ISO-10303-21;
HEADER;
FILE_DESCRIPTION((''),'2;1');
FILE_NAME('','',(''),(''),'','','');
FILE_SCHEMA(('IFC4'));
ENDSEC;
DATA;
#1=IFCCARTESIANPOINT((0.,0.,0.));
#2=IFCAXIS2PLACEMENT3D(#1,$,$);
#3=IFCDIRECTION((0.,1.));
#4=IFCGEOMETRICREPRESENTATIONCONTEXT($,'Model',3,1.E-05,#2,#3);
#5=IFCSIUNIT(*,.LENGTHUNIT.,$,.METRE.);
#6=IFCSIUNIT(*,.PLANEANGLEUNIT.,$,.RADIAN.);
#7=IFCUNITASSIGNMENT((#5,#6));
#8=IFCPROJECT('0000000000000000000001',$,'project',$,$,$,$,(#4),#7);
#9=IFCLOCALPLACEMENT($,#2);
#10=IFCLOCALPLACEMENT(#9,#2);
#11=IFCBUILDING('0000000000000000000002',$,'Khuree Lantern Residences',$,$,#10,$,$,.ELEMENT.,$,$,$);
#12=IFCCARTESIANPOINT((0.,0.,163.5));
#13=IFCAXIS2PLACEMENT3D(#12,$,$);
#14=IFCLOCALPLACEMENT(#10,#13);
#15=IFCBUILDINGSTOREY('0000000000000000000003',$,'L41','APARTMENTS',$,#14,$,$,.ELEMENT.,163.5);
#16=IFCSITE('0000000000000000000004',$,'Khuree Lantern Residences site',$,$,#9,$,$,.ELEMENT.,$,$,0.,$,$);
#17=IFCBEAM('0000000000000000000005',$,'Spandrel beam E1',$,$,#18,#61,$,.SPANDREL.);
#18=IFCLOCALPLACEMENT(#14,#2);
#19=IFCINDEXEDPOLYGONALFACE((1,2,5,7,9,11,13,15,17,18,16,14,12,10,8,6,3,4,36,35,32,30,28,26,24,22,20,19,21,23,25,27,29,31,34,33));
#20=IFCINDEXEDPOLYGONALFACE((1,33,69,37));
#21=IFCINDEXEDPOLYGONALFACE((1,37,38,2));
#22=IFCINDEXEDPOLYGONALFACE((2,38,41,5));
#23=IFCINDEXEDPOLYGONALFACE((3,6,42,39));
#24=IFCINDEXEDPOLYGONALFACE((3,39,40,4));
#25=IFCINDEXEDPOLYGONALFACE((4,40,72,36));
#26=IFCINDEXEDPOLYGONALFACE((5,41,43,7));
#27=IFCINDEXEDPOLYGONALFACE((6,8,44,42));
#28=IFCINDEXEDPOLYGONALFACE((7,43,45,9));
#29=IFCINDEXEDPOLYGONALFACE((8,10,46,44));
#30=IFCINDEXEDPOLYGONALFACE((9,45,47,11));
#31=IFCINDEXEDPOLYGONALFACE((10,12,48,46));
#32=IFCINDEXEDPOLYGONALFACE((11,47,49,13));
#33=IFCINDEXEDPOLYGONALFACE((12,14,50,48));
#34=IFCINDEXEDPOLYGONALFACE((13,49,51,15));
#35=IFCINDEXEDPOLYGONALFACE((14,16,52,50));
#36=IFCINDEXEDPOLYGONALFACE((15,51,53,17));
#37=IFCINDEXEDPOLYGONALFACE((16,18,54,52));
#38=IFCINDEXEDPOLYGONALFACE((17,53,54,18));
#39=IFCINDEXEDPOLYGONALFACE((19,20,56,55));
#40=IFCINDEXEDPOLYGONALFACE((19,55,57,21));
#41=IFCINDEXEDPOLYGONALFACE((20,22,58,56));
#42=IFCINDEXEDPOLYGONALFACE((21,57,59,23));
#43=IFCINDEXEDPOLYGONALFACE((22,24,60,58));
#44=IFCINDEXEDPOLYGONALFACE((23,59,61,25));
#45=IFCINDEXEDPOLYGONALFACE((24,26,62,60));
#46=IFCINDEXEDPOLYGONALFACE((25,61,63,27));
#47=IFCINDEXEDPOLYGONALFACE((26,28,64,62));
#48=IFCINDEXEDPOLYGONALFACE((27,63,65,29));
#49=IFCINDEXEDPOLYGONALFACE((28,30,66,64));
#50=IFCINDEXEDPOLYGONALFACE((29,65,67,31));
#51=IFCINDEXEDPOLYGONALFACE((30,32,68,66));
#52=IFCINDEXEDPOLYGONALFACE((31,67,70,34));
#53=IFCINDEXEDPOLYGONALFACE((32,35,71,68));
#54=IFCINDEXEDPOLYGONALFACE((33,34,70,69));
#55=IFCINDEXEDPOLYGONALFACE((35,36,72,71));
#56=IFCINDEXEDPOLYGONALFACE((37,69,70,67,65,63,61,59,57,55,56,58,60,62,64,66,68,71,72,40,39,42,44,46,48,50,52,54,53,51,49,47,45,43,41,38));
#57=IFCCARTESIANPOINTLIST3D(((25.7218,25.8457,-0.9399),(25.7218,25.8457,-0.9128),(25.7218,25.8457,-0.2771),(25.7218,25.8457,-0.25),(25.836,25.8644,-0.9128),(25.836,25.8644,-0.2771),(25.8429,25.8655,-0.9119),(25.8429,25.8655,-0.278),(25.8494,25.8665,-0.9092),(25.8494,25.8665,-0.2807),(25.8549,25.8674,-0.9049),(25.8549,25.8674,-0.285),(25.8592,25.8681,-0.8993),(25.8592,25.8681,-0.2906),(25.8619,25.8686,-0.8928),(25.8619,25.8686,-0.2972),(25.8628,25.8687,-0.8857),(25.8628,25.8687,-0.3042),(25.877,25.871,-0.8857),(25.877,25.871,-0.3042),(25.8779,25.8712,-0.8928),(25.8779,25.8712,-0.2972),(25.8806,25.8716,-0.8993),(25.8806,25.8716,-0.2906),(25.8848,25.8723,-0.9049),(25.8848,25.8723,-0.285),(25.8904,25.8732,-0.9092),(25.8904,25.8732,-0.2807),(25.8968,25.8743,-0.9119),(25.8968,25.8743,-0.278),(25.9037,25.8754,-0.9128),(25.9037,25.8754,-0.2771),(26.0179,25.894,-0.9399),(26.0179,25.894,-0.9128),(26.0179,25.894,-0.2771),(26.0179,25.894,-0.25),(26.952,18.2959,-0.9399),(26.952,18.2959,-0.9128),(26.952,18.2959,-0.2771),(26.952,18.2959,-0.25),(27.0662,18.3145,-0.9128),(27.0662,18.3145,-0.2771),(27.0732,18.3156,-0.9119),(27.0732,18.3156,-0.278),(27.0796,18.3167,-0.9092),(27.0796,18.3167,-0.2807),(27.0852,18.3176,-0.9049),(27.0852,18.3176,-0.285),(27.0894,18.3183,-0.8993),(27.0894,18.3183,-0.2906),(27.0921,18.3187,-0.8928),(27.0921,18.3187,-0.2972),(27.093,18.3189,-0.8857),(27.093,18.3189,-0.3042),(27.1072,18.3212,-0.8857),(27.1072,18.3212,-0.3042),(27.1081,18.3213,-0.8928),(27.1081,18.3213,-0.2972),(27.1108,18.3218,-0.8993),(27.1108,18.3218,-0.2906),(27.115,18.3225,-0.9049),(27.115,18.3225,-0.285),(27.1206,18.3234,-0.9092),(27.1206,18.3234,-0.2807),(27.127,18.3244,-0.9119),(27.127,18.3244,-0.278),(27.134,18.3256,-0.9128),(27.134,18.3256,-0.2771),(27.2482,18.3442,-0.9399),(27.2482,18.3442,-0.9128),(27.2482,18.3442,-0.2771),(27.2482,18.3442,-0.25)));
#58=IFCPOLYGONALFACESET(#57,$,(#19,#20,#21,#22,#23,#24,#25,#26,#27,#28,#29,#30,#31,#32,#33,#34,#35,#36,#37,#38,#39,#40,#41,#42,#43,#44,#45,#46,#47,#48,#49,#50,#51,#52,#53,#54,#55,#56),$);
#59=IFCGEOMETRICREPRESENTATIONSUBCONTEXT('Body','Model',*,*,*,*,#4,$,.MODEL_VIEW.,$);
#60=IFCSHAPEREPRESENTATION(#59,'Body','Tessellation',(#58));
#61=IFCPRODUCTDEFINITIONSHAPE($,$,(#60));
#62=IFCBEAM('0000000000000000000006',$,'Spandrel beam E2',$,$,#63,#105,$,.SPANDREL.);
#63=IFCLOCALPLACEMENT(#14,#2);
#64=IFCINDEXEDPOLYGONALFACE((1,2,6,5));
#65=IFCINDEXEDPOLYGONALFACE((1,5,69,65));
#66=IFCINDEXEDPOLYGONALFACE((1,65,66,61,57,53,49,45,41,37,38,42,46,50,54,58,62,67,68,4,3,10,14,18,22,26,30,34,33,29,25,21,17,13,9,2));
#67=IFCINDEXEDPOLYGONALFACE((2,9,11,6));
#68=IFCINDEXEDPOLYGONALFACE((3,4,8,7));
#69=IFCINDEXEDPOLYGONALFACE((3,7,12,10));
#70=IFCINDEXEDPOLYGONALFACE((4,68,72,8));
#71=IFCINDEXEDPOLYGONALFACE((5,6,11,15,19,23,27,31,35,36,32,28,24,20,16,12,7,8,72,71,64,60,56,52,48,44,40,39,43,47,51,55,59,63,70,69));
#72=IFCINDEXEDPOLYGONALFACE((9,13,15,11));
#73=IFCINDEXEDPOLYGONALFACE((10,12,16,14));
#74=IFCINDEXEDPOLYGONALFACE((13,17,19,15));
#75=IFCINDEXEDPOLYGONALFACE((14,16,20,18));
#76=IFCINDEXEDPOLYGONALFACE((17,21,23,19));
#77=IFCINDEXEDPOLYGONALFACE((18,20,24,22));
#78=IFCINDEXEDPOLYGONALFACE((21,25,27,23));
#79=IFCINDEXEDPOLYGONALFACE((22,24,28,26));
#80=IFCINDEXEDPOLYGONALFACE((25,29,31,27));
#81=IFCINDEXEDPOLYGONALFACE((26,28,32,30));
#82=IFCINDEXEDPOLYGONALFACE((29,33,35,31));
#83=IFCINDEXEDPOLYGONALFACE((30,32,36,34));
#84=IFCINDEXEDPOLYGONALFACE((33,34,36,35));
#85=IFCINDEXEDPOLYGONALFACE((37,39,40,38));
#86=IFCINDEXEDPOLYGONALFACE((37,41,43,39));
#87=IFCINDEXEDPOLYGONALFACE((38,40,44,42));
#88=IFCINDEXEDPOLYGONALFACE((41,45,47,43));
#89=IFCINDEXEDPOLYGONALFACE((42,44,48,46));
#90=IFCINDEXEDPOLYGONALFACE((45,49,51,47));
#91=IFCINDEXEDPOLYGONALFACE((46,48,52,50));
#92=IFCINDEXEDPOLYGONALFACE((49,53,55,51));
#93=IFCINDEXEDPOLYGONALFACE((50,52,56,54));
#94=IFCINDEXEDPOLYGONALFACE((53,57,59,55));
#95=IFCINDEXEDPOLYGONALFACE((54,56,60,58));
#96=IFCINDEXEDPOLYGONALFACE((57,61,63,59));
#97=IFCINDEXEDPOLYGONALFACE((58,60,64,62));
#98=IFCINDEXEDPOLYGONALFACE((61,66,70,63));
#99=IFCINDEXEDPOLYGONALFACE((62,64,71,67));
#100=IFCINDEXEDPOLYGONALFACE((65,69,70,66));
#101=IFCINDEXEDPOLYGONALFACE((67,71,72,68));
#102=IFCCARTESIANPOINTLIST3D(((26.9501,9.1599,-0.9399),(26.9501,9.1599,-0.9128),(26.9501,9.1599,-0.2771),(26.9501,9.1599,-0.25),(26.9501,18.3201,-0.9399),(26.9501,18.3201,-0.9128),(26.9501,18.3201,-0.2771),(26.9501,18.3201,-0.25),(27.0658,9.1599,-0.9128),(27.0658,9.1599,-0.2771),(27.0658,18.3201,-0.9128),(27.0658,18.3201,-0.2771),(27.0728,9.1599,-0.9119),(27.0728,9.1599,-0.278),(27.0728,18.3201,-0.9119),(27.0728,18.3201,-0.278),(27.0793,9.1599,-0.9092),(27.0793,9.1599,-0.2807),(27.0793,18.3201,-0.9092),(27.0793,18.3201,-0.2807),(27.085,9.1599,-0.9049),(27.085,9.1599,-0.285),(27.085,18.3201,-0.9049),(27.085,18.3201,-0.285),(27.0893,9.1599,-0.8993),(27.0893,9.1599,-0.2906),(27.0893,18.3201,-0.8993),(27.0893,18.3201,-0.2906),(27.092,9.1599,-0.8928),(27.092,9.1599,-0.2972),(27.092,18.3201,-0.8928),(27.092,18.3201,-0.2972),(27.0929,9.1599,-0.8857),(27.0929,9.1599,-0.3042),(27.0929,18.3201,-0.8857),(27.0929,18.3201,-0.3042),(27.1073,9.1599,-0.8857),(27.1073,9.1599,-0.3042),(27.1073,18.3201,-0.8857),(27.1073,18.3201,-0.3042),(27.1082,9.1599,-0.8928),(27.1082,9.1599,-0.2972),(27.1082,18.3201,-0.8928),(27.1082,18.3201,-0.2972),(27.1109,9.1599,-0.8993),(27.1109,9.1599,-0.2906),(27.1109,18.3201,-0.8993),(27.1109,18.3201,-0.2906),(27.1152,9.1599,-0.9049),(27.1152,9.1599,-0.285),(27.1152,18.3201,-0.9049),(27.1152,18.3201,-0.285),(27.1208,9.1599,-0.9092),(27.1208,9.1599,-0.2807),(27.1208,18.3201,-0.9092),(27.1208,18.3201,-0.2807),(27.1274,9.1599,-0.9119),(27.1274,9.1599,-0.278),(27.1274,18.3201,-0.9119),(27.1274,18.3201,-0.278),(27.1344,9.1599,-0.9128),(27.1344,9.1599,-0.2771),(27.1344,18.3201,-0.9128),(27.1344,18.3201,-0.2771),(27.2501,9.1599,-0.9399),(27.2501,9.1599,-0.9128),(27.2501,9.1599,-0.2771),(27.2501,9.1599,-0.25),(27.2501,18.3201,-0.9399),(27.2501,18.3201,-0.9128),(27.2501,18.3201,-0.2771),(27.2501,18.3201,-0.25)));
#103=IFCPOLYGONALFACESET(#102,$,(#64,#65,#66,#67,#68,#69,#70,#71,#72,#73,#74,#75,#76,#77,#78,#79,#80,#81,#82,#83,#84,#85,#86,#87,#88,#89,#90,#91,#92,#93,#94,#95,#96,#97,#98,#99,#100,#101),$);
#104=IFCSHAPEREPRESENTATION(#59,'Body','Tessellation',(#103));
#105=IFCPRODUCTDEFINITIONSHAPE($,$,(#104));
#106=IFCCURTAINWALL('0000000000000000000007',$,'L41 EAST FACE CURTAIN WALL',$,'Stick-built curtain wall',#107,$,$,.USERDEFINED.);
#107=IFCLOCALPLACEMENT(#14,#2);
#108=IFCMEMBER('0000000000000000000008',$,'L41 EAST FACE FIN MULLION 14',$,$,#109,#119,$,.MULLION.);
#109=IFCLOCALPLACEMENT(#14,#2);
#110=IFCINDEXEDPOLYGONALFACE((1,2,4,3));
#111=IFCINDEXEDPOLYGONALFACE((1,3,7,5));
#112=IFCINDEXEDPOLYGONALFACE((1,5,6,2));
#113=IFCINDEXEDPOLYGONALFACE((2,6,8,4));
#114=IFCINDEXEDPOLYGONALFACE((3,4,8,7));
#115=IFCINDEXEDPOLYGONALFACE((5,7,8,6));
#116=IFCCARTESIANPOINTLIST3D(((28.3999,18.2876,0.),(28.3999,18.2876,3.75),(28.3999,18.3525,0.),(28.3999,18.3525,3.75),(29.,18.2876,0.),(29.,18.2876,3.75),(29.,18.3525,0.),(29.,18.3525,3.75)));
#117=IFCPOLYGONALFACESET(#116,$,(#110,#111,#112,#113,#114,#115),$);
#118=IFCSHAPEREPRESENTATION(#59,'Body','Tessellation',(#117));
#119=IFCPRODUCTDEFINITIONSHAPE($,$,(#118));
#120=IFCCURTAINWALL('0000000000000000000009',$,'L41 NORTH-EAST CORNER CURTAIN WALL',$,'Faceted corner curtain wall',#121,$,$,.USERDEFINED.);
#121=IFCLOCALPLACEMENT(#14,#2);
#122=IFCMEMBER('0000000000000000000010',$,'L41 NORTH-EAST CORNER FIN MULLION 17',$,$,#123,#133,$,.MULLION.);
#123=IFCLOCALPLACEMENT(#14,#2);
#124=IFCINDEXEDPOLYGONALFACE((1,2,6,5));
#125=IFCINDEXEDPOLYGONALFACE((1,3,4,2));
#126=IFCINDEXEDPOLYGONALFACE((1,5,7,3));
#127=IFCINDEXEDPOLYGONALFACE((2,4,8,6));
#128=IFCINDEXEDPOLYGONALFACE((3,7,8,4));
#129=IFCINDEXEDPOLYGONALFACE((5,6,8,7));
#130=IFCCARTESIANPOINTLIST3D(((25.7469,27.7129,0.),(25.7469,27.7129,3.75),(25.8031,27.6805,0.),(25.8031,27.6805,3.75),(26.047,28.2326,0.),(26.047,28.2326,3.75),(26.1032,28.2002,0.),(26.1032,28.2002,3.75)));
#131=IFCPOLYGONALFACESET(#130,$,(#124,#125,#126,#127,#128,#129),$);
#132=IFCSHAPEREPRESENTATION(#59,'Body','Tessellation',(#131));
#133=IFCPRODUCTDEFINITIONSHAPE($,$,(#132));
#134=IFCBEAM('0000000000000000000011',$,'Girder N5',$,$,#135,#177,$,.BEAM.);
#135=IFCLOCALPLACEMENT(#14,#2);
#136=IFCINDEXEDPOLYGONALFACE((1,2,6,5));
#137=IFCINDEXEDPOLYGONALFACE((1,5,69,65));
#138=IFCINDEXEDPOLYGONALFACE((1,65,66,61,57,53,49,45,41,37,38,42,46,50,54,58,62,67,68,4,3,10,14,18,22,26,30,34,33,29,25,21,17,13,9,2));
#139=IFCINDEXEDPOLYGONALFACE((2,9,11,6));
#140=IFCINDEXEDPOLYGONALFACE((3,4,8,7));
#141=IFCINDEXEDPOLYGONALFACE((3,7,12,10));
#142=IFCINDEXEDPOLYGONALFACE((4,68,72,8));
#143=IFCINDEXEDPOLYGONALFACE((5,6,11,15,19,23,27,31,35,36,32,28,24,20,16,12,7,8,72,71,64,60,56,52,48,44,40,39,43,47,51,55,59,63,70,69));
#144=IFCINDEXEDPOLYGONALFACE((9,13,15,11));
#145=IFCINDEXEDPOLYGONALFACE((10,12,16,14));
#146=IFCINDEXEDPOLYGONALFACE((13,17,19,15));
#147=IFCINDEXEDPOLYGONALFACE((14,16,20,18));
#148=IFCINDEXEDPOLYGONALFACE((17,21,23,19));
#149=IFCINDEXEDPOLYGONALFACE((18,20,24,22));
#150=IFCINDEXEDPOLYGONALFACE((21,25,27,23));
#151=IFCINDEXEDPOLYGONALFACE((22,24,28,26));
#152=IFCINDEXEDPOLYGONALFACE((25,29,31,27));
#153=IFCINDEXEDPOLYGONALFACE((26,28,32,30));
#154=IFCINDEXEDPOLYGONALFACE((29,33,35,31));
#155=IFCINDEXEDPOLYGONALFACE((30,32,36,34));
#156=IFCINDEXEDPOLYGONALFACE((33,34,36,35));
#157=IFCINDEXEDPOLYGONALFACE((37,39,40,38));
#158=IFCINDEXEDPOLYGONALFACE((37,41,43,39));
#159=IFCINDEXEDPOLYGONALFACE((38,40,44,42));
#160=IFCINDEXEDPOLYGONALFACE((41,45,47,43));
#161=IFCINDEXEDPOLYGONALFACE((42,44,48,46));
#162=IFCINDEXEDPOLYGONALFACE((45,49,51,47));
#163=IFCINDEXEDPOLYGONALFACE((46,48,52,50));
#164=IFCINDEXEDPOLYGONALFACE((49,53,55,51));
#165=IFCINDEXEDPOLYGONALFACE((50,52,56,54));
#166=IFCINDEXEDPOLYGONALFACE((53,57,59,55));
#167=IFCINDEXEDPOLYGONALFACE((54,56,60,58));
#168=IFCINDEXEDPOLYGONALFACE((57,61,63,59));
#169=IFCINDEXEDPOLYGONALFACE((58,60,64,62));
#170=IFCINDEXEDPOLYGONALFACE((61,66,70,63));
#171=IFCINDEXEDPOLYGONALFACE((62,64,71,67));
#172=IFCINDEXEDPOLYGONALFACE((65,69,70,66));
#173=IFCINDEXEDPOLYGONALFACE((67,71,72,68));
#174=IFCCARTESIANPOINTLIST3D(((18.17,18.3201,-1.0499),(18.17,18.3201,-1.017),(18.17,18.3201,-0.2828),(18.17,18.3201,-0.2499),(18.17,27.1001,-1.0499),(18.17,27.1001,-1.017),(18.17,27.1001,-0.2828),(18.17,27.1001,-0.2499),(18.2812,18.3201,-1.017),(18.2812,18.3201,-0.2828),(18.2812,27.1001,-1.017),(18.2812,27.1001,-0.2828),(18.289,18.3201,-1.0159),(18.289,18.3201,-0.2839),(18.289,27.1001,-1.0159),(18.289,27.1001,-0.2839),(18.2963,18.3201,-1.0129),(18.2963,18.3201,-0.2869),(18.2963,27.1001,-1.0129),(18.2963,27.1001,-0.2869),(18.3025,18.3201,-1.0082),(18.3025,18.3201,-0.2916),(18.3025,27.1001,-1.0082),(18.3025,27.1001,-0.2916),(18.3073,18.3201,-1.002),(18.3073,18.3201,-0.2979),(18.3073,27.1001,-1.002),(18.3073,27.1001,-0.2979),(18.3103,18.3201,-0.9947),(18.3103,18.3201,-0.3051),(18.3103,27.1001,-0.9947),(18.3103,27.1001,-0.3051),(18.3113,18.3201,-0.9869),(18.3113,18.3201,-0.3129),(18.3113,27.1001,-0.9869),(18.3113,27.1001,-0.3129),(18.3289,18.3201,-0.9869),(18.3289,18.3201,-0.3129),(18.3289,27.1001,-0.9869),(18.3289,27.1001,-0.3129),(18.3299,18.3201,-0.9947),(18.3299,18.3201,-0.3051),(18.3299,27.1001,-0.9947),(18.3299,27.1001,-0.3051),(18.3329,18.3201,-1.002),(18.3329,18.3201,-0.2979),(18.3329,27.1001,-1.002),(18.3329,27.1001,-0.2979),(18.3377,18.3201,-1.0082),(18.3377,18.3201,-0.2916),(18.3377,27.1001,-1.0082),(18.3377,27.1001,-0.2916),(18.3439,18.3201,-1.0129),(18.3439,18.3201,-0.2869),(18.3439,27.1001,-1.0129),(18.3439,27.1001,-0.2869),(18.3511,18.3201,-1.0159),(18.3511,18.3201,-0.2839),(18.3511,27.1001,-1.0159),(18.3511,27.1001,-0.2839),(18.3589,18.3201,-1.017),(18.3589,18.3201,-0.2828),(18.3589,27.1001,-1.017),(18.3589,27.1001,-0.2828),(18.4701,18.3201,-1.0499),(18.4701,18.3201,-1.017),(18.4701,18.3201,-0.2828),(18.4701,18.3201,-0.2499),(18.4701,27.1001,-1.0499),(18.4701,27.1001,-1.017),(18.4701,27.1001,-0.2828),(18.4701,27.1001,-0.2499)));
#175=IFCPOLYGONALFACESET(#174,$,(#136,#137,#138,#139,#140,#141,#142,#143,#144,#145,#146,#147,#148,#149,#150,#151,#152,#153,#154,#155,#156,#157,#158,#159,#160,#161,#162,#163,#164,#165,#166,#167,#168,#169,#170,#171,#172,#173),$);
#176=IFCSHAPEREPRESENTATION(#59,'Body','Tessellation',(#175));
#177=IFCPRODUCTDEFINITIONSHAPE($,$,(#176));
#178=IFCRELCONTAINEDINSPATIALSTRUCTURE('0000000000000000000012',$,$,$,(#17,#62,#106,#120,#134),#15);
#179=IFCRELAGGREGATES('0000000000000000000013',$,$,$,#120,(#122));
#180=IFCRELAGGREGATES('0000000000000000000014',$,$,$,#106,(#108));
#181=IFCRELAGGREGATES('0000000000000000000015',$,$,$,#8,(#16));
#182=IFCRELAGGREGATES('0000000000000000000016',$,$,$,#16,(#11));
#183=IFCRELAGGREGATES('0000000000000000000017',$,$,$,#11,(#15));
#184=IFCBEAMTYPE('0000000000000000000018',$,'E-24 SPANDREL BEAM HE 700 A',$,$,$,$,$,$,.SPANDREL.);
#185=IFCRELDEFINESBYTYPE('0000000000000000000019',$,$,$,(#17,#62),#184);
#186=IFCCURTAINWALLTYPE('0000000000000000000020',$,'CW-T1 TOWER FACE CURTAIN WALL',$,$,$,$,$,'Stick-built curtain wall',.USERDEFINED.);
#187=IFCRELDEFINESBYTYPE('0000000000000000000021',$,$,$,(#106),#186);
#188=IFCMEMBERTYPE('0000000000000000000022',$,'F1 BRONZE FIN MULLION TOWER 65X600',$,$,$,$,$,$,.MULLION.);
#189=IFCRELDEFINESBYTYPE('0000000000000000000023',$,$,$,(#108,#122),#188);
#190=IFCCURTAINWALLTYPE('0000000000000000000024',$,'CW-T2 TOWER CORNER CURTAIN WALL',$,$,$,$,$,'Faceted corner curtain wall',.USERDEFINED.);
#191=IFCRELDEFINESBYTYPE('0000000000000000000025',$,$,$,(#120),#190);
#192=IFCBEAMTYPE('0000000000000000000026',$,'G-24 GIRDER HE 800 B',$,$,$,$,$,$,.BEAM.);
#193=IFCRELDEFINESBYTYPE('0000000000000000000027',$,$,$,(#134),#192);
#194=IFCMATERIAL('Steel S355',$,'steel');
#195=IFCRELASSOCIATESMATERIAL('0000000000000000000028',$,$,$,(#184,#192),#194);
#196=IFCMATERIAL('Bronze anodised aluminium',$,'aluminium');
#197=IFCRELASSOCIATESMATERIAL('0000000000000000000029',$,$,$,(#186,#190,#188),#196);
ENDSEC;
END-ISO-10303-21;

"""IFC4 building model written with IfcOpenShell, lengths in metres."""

from ifc_helpers import new_model, si_unit, direction, frame, origin, origin_2d, place, context, subcontext, project, spatial, rectangle, i_section, extrude, material, material_profile, profile_set, type_object, element, aggregate, save


model = new_model("IFC4")

# Units and contexts
model_context = context("Model", 3, precision=1e-05, world=origin(), true_north=direction((0.0, 1.0)))
body_context = subcontext(model_context, "Body", "Model", "MODEL_VIEW")
ifc_project = project(units=[si_unit("LENGTHUNIT", "METRE"), si_unit("PLANEANGLEUNIT", "RADIAN")], contexts=[model_context])

# Site, building, storey
site_placement = place(None, origin())
site = spatial("IfcSite", under=ifc_project, at=site_placement, Name="Khuree Lantern Residences site", CompositionType="ELEMENT", RefElevation=0.0)
building_placement = place(site_placement, origin())
building = spatial("IfcBuilding", under=site, at=building_placement, Name="Khuree Lantern Residences", CompositionType="ELEMENT")
storey_placement = place(building_placement, frame((0.0, 0.0, 163.5)))
storey = spatial("IfcBuildingStorey", under=building, at=storey_placement, Name="L41", Description="APARTMENTS", CompositionType="ELEMENT", Elevation=163.5)

# Beams
ifc_material_1 = material(Name="Steel S355", Category="steel")
ifc_material_profile_1 = material_profile(ifc_material_1, i_section(OverallWidth=0.3, OverallDepth=0.6899, WebThickness=0.0144, FlangeThickness=0.0271, FilletRadius=0.0271, at=origin_2d()), Name="HE 700 A")
ifc_profile_set_1 = profile_set([ifc_material_profile_1], Name="Steel S355")
beam_type_1 = type_object("IfcBeamType", Name="E-24 SPANDREL BEAM HE 700 A", PredefinedType="SPANDREL", material=ifc_profile_set_1)
for number, where, z_axis, x_axis, name in (
    (1, (25.8699, 25.8699, -0.595), (0.160827, -0.986983, 0.0), (0.986983, 0.160827, 0.0), "Spandrel beam E1"),
):
    element("IfcBeam", number, at=place(storey_placement, frame(where, z_axis=z_axis, x_axis=x_axis)), inside=storey, type_object=beam_type_1, Name=name, PredefinedType="SPANDREL", context=body_context, shape_type="SweptSolid", body=[
        extrude(i_section(OverallWidth=0.3, OverallDepth=0.6899, WebThickness=0.0144, FlangeThickness=0.0271, FilletRadius=0.0271, at=origin_2d()), origin(), (0.0, 0.0, 1.0), 7.6494),
    ])
beam_1_placement = place(storey_placement, frame((27.1001, 18.3201, -0.595), z_axis=(0.0, -1.0, 0.0), x_axis=(1.0, 0.0, 0.0)))
element("IfcBeam", 2, at=beam_1_placement, inside=storey, type_object=beam_type_1, Name="Spandrel beam E2", PredefinedType="SPANDREL", context=body_context, shape_type="SweptSolid", body=[
    extrude(i_section(OverallWidth=0.3, OverallDepth=0.6899, WebThickness=0.0144, FlangeThickness=0.0271, FilletRadius=0.0271, at=origin_2d()), origin(), (0.0, 0.0, 1.0), 9.1602),
])

# Curtain walls, members
ifc_material_2 = material(Name="Bronze anodised aluminium", Category="aluminium")
curtain_wall_type_1 = type_object("IfcCurtainWallType", Name="CW-T1 TOWER FACE CURTAIN WALL", ElementType="Stick-built curtain wall", PredefinedType="USERDEFINED", material=ifc_material_2)
curtain_wall_1_placement = place(storey_placement, origin())
curtain_wall_1 = element("IfcCurtainWall", 3, at=curtain_wall_1_placement, inside=storey, type_object=curtain_wall_type_1, Name="L41 EAST FACE CURTAIN WALL", ObjectType="Stick-built curtain wall", PredefinedType="USERDEFINED")
ifc_material_profile_2 = material_profile(ifc_material_2, rectangle(XDim=0.0649, YDim=0.6001, at=origin_2d()), Name="F1 65X600")
ifc_profile_set_2 = profile_set([ifc_material_profile_2], Name="Bronze anodised aluminium")
member_type_1 = type_object("IfcMemberType", Name="F1 BRONZE FIN MULLION TOWER 65X600", PredefinedType="MULLION", material=ifc_profile_set_2)
member_1_placement = place(storey_placement, frame((28.7, 18.3201, 0.0), z_axis=(0.0, 0.0, 1.0), x_axis=(0.0, 1.0, 0.0)))
member_1 = element("IfcMember", 4, at=member_1_placement, type_object=member_type_1, Name="L41 EAST FACE FIN MULLION 14", PredefinedType="MULLION", context=body_context, shape_type="SweptSolid", body=[
    extrude(rectangle(XDim=0.0649, YDim=0.6001, at=origin_2d()), origin(), (0.0, 0.0, 1.0), 3.75),
])
curtain_wall_type_2 = type_object("IfcCurtainWallType", Name="CW-T2 TOWER CORNER CURTAIN WALL", ElementType="Faceted corner curtain wall", PredefinedType="USERDEFINED", material=ifc_material_2)
curtain_wall_2_placement = place(storey_placement, origin())
curtain_wall_2 = element("IfcCurtainWall", 5, at=curtain_wall_2_placement, inside=storey, type_object=curtain_wall_type_2, Name="L41 NORTH-EAST CORNER CURTAIN WALL", ObjectType="Faceted corner curtain wall", PredefinedType="USERDEFINED")
member_2_placement = place(storey_placement, frame((25.925, 27.9565, 0.0), z_axis=(0.0, 0.0, 1.0), x_axis=(-0.866025, 0.5, 0.0)))
member_2 = element("IfcMember", 6, at=member_2_placement, type_object=member_type_1, Name="L41 NORTH-EAST CORNER FIN MULLION 17", PredefinedType="MULLION", context=body_context, shape_type="SweptSolid", body=[
    extrude(rectangle(XDim=0.0649, YDim=0.6001, at=origin_2d()), origin(), (0.0, 0.0, 1.0), 3.75),
])

# Beam
ifc_material_profile_3 = material_profile(ifc_material_1, i_section(OverallWidth=0.3, OverallDepth=0.8, WebThickness=0.0176, FlangeThickness=0.033, FilletRadius=0.03, at=origin_2d()), Name="HE 800 B")
ifc_profile_set_3 = profile_set([ifc_material_profile_3], Name="Steel S355")
beam_type_2 = type_object("IfcBeamType", Name="G-24 GIRDER HE 800 B", PredefinedType="BEAM", material=ifc_profile_set_3)
for number, where, z_axis, x_axis, name in (
    (7, (18.3201, 27.1001, -0.6499), (0.0, -1.0, 0.0), (1.0, 0.0, 0.0), "Girder N5"),
):
    element("IfcBeam", number, at=place(storey_placement, frame(where, z_axis=z_axis, x_axis=x_axis)), inside=storey, type_object=beam_type_2, Name=name, PredefinedType="BEAM", context=body_context, shape_type="SweptSolid", body=[
        extrude(i_section(OverallWidth=0.3, OverallDepth=0.8, WebThickness=0.0176, FlangeThickness=0.033, FilletRadius=0.03, at=origin_2d()), origin(), (0.0, 0.0, 1.0), 8.78),
    ])

aggregate(curtain_wall_2, [member_2])
aggregate(curtain_wall_1, [member_1])

save(model, "model.ifc")
